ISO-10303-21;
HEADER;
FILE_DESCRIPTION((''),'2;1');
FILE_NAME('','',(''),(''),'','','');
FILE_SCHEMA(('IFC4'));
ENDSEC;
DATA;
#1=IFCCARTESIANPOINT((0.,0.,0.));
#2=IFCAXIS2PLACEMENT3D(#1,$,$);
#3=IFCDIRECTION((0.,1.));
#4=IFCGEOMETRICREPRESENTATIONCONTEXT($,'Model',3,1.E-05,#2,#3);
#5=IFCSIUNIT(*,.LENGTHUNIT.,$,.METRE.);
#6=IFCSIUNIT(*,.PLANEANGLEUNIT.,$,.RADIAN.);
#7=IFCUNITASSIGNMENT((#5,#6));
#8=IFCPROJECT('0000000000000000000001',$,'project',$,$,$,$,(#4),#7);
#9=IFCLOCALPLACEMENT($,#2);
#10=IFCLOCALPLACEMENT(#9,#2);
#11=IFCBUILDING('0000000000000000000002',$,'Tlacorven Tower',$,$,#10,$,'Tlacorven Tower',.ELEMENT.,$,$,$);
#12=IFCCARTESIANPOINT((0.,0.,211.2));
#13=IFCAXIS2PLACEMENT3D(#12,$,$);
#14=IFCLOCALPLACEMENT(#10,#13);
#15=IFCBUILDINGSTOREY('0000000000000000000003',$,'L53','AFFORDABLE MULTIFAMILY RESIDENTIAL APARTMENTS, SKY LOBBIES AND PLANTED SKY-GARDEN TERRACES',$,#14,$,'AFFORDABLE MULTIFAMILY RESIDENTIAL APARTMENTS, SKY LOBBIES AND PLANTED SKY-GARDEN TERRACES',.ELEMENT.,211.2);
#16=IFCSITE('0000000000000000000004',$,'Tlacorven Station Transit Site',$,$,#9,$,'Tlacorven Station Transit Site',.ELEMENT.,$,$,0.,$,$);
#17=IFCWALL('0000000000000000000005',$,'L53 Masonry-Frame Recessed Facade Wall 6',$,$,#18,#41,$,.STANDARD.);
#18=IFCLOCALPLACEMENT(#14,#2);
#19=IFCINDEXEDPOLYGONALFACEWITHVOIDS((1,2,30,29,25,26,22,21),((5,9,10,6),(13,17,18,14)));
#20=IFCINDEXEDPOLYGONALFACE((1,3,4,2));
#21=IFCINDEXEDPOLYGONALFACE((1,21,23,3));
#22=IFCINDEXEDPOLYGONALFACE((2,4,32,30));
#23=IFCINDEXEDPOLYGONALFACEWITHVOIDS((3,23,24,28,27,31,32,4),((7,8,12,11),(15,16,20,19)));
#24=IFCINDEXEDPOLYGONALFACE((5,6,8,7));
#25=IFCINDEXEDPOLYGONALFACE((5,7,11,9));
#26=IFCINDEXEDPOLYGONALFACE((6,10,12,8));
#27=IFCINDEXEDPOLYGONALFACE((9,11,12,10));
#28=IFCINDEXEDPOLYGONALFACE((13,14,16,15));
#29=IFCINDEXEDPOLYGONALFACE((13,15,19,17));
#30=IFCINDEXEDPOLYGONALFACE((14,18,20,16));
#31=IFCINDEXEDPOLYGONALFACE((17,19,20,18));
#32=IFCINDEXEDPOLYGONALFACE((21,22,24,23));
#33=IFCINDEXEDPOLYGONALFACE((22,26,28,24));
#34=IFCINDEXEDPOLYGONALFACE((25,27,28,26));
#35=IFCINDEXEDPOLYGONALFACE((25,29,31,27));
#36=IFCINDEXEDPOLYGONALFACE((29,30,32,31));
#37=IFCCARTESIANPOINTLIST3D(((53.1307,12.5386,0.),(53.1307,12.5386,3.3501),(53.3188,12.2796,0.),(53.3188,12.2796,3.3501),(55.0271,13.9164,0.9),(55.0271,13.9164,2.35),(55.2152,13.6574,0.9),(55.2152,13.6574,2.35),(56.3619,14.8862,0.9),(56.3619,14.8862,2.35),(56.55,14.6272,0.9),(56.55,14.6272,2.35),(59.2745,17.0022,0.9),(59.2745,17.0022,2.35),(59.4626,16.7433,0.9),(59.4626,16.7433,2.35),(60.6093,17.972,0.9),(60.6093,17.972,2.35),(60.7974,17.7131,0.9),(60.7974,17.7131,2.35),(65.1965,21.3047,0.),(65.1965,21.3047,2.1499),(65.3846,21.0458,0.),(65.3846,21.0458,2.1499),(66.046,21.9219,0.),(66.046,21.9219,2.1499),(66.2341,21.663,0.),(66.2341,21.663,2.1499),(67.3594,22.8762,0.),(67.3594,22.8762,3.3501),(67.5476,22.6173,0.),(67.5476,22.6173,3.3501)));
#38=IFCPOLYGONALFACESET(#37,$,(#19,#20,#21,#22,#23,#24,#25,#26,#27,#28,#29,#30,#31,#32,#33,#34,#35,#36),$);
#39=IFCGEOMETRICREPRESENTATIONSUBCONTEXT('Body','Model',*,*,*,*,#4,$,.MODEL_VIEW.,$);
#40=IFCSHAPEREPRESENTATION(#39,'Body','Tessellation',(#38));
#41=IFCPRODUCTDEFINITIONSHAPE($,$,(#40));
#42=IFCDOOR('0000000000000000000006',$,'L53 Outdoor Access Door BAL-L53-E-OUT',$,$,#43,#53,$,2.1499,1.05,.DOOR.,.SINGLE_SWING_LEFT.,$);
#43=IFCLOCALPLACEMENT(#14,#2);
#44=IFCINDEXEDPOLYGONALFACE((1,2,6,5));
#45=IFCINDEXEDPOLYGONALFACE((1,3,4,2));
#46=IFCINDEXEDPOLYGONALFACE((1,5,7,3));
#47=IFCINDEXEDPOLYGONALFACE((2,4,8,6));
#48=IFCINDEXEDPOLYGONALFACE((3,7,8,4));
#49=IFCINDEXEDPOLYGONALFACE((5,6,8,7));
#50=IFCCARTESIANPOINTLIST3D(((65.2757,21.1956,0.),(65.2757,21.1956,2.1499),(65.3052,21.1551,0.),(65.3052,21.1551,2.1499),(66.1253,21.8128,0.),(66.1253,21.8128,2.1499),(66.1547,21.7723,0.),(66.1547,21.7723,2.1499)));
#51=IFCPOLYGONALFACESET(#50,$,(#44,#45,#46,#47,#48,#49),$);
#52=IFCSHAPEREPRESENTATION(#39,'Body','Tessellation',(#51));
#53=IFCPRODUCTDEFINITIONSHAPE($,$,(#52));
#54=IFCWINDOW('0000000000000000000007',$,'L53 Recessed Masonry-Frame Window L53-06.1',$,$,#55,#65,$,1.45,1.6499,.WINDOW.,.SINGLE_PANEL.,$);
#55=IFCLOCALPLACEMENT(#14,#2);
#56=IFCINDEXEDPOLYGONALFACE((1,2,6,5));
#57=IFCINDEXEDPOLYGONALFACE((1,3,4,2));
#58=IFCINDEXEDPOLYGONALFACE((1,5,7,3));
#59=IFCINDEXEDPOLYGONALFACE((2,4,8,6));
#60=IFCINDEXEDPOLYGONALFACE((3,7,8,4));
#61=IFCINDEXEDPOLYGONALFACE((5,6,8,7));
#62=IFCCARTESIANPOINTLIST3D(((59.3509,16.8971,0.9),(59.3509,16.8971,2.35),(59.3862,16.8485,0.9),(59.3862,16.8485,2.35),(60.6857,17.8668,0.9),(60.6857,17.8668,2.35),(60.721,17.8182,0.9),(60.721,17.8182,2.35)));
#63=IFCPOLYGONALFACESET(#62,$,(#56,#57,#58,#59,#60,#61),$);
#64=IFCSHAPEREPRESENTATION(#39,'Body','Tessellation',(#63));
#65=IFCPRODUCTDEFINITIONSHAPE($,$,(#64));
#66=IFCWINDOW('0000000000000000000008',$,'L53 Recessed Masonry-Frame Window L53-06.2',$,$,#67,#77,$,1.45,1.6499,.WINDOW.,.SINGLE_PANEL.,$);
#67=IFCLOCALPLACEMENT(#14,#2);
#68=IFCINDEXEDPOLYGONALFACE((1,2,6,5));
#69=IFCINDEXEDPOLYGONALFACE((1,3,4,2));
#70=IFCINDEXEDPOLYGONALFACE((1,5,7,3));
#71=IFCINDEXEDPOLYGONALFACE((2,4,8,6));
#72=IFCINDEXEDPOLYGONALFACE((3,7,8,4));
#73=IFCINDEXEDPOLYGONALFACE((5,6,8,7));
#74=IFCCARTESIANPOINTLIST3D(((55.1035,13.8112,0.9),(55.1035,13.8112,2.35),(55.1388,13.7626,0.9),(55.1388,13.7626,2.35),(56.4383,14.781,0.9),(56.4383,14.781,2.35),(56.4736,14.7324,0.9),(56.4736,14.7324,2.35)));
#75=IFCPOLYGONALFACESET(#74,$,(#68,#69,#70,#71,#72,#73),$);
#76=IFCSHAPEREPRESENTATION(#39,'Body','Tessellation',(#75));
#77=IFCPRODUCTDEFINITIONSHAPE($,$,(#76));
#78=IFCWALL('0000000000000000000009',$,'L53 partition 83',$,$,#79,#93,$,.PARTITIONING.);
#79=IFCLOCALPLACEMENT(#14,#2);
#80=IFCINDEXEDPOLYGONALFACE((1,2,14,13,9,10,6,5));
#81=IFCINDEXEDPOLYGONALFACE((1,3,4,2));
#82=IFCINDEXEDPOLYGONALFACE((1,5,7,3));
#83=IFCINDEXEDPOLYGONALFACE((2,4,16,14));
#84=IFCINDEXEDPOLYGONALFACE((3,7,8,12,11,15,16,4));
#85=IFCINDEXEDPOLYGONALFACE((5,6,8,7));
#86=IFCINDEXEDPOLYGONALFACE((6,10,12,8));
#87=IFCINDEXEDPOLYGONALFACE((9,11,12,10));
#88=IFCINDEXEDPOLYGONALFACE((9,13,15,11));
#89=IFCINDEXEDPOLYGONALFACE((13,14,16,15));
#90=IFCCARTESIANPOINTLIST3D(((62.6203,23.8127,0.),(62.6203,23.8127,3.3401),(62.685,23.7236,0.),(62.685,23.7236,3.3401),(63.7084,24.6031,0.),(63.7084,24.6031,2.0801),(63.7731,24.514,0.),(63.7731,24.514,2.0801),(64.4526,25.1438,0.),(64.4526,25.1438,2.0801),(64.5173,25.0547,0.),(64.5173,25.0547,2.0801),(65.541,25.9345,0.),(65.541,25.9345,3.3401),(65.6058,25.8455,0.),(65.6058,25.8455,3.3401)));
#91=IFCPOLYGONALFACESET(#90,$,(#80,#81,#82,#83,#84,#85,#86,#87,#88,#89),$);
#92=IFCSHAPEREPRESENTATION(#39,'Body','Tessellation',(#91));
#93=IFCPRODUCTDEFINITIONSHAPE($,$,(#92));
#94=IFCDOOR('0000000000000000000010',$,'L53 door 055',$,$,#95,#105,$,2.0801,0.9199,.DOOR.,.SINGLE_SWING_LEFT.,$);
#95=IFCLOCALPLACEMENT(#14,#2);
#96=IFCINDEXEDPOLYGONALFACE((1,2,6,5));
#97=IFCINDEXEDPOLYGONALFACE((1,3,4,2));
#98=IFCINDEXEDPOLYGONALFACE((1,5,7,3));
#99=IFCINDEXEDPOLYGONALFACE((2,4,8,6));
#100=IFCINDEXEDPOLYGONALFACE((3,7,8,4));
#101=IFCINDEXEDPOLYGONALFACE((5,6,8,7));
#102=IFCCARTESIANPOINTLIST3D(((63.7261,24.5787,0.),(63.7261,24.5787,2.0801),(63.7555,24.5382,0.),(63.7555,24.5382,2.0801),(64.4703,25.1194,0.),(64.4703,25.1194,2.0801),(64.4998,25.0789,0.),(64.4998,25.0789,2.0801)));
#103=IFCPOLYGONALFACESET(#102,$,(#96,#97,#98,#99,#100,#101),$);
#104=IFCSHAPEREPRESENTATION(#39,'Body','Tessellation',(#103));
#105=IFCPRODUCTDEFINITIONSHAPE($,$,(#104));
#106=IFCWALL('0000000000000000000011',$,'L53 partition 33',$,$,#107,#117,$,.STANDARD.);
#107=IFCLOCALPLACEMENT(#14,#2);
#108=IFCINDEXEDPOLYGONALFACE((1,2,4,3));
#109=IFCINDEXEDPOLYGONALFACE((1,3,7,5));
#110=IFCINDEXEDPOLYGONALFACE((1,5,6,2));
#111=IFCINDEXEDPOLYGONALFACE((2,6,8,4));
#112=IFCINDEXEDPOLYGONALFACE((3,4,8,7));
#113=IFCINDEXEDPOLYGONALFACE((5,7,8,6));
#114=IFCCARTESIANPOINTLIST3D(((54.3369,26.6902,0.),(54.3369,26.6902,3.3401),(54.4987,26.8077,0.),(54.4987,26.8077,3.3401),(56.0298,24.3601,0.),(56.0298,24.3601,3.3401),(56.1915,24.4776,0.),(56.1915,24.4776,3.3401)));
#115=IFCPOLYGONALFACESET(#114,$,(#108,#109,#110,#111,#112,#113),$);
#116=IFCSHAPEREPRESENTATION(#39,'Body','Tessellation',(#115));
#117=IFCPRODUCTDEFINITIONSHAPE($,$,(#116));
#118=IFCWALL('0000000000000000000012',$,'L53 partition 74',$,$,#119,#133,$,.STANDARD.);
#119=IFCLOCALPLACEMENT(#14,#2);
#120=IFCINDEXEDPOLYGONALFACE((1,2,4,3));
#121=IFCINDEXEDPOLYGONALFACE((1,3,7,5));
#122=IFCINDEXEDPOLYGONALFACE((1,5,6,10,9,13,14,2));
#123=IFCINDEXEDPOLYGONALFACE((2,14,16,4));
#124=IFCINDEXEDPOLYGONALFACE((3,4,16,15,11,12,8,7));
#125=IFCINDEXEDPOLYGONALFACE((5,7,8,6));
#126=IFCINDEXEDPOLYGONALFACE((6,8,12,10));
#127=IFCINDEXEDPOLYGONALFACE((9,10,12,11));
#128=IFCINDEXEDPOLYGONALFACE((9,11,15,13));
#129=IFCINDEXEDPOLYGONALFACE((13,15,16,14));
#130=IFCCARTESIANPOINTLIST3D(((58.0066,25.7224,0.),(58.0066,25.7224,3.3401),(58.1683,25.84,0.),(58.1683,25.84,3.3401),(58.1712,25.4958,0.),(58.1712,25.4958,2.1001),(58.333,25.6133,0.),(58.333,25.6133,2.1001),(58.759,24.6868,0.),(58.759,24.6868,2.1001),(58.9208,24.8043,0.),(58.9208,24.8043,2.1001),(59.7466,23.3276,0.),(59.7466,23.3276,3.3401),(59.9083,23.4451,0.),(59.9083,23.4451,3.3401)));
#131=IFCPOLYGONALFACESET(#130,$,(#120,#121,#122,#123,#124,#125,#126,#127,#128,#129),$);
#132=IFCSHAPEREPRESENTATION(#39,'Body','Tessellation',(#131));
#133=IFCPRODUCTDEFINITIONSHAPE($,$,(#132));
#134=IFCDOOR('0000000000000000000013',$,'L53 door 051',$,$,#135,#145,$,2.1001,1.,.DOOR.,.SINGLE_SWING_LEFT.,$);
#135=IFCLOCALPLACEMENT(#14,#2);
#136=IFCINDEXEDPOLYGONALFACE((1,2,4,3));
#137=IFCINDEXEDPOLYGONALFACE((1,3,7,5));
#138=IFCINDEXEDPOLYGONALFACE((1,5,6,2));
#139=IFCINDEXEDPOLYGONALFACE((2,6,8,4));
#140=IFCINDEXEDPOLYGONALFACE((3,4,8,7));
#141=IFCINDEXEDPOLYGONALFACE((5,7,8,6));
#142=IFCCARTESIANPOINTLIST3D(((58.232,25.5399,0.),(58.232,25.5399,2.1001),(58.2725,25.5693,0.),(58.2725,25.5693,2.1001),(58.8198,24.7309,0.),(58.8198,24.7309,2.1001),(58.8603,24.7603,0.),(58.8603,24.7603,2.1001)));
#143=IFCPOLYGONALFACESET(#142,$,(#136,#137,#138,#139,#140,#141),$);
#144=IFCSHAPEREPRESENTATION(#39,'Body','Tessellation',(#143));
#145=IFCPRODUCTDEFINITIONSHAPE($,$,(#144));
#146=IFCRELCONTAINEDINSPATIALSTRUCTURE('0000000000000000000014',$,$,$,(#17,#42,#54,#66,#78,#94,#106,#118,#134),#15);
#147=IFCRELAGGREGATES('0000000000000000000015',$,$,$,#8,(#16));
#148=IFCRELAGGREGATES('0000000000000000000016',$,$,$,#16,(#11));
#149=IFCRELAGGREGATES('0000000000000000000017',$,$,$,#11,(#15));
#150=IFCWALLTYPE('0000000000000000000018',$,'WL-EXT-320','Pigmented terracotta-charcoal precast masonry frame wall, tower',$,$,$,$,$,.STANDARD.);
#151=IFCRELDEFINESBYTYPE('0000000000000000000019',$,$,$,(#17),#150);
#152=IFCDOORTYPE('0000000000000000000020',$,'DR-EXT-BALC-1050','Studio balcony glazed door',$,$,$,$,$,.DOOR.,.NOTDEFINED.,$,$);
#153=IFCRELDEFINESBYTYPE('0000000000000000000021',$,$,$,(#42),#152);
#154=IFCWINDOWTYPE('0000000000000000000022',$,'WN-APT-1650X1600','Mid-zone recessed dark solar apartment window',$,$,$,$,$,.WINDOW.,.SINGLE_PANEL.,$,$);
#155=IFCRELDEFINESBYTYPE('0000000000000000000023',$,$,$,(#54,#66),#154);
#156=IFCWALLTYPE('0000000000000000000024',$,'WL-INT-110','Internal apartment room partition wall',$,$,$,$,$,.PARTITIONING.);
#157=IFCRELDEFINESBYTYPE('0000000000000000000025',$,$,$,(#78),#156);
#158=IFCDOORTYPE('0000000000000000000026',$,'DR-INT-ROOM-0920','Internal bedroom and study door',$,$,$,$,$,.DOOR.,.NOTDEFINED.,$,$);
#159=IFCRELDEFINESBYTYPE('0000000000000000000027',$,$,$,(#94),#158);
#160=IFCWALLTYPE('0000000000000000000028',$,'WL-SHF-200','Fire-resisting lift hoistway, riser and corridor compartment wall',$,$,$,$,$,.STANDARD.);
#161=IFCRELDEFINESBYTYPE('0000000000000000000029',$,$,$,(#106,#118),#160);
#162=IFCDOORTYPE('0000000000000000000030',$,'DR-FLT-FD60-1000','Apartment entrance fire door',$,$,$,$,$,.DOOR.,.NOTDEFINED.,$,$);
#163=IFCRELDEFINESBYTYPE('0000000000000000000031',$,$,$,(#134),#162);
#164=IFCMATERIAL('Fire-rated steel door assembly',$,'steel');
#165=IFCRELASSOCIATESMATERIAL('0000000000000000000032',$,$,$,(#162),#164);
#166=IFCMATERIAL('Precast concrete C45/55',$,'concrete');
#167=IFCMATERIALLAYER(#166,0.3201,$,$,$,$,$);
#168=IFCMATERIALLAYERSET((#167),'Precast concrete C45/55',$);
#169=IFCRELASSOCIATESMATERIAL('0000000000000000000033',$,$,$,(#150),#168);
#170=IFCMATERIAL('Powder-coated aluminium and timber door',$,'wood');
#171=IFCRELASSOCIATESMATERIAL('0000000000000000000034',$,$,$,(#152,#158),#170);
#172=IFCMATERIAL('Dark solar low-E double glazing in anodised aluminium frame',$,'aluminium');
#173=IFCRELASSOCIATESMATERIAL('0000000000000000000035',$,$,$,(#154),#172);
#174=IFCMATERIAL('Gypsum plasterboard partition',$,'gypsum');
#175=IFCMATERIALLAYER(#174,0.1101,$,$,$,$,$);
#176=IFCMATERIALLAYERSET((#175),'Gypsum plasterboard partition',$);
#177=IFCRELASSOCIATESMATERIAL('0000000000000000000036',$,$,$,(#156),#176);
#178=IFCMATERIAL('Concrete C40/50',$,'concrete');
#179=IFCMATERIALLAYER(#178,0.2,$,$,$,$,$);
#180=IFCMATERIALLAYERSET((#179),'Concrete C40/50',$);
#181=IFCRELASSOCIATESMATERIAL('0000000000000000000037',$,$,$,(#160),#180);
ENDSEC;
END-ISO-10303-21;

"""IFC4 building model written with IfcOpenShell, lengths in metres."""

from ifc_helpers import new_model, si_unit, direction, frame, frame_2d, origin, place, context, subcontext, project, spatial, rectangle, extrude, source, transform, mapped, material, layer, layer_set, type_object, element, fill, save


model = new_model("IFC4")

# Units and contexts
model_context = context("Model", 3, precision=1e-05, world=origin(), true_north=direction((0.0, 1.0)))
body_context = subcontext(model_context, "Body", "Model", "MODEL_VIEW")
ifc_project = project(units=[si_unit("LENGTHUNIT", "METRE"), si_unit("PLANEANGLEUNIT", "RADIAN")], contexts=[model_context])

# Site, building, storey
site_placement = place(None, origin())
site = spatial("IfcSite", under=ifc_project, at=site_placement, Name="Tlacorven Station Transit Site", LongName="Tlacorven Station Transit Site", CompositionType="ELEMENT", RefElevation=0.0)
building_placement = place(site_placement, origin())
building = spatial("IfcBuilding", under=site, at=building_placement, Name="Tlacorven Tower", LongName="Tlacorven Tower", CompositionType="ELEMENT")
storey_placement = place(building_placement, frame((0.0, 0.0, 211.2)))
storey = spatial("IfcBuildingStorey", under=building, at=storey_placement, Name="L53", Description="AFFORDABLE MULTIFAMILY RESIDENTIAL APARTMENTS, SKY LOBBIES AND PLANTED SKY-GARDEN TERRACES", LongName="AFFORDABLE MULTIFAMILY RESIDENTIAL APARTMENTS, SKY LOBBIES AND PLANTED SKY-GARDEN TERRACES", CompositionType="ELEMENT", Elevation=211.2)

# Shared definitions
ifc_material_1 = material(Name="Fire-rated steel door assembly", Category="steel")
door_type_1 = type_object("IfcDoorType", Name="DR-FLT-FD60-1000", Description="Apartment entrance fire door", OperationType="NOTDEFINED", PredefinedType="DOOR", material=ifc_material_1)
shared_shape_1 = source(origin(), body_context, "Body", "SweptSolid", [
    extrude(rectangle(XDim=1.0, YDim=2.1001, at=frame_2d((0.5, 1.05))), frame((0.0, 0.0249, 0.0), z_axis=(0.0, -1.0, 0.0), x_axis=(1.0, 0.0, 0.0)), (0.0, 0.0, 1.0), 0.05),
])

# Wall, openings, door, windows
ifc_material_2 = material(Name="Precast concrete C45/55", Category="concrete")
ifc_layer_1 = layer(ifc_material_2, 0.3201)
ifc_layer_set_1 = layer_set([ifc_layer_1], Name="Precast concrete C45/55")
wall_type_1 = type_object("IfcWallType", Name="WL-EXT-320", Description="Pigmented terracotta-charcoal precast masonry frame wall, tower", PredefinedType="STANDARD", material=ifc_layer_set_1)
wall_1_placement = place(storey_placement, frame((67.4536, 22.7468, 0.0), z_axis=(0.0, 0.0, 1.0), x_axis=(-0.809021, -0.58778, 0.0)))
wall_1 = element("IfcWall", 1, at=wall_1_placement, inside=storey, type_object=wall_type_1, Name="L53 Masonry-Frame Recessed Facade Wall 6", PredefinedType="STANDARD", context=body_context, shape_type="SweptSolid", body=[
    extrude(rectangle(XDim=17.5876, YDim=0.3201, at=frame_2d((8.7939, 0.0))), origin(), (0.0, 0.0, 1.0), 3.3501),
])
opening_1_placement = place(wall_1_placement, frame((1.6238, 0.0, 0.0)))
opening_1 = element("IfcOpeningElement", 2, at=opening_1_placement, cuts=wall_1, PredefinedType="OPENING", context=body_context, shape_type="SweptSolid", body=[
    extrude(rectangle(XDim=1.05, YDim=2.1499, at=frame_2d((0.5249, 1.075))), frame((0.0, 0.1699, 0.0), z_axis=(0.0, -1.0, 0.0), x_axis=(1.0, 0.0, 0.0)), (0.0, 0.0, 1.0), 0.3401),
])
opening_2_placement = place(wall_1_placement, frame((8.3438, 0.0, 0.8999)))
opening_2 = element("IfcOpeningElement", 3, at=opening_2_placement, cuts=wall_1, PredefinedType="OPENING", context=body_context, shape_type="SweptSolid", body=[
    extrude(rectangle(XDim=1.6499, YDim=1.45, at=frame_2d((0.825, 0.7251))), frame((0.0, 0.1699, 0.0), z_axis=(0.0, -1.0, 0.0), x_axis=(1.0, 0.0, 0.0)), (0.0, 0.0, 1.0), 0.3401),
])
opening_3_placement = place(wall_1_placement, frame((13.5938, 0.0, 0.8999)))
opening_3 = element("IfcOpeningElement", 4, at=opening_3_placement, cuts=wall_1, PredefinedType="OPENING", context=body_context, shape_type="SweptSolid", body=[
    extrude(rectangle(XDim=1.6499, YDim=1.45, at=frame_2d((0.825, 0.7251))), frame((0.0, 0.1699, 0.0), z_axis=(0.0, -1.0, 0.0), x_axis=(1.0, 0.0, 0.0)), (0.0, 0.0, 1.0), 0.3401),
])
ifc_material_3 = material(Name="Powder-coated aluminium and timber door", Category="wood")
door_type_2 = type_object("IfcDoorType", Name="DR-EXT-BALC-1050", Description="Studio balcony glazed door", OperationType="NOTDEFINED", PredefinedType="DOOR", material=ifc_material_3)
shared_shape_2 = source(origin(), body_context, "Body", "SweptSolid", [
    extrude(rectangle(XDim=1.05, YDim=2.1499, at=frame_2d((0.5249, 1.075))), frame((0.0, 0.0249, 0.0), z_axis=(0.0, -1.0, 0.0), x_axis=(1.0, 0.0, 0.0)), (0.0, 0.0, 1.0), 0.05),
])
door_1_placement = place(opening_1_placement, origin())
door_1 = element("IfcDoor", 5, at=door_1_placement, inside=storey, type_object=door_type_2, Name="L53 Outdoor Access Door BAL-L53-E-OUT", OperationType="SINGLE_SWING_LEFT", OverallHeight=2.1499, OverallWidth=1.05, PredefinedType="DOOR", context=body_context, shape_type="MappedRepresentation", body=[
    mapped(shared_shape_2, transform((0.0, 0.0, 0.0), scale=1.0)),
])
fill(opening_1, door_1)
ifc_material_4 = material(Name="Dark solar low-E double glazing in anodised aluminium frame", Category="aluminium")
window_type = type_object("IfcWindowType", Name="WN-APT-1650X1600", Description="Mid-zone recessed dark solar apartment window", PartitioningType="SINGLE_PANEL", PredefinedType="WINDOW", material=ifc_material_4)
shared_shape_3 = source(origin(), body_context, "Body", "SweptSolid", [
    extrude(rectangle(XDim=1.6499, YDim=1.45, at=frame_2d((0.825, 0.7251))), frame((0.0, 0.03, 0.0), z_axis=(0.0, -1.0, 0.0), x_axis=(1.0, 0.0, 0.0)), (0.0, 0.0, 1.0), 0.0601),
])
window_1_placement = place(opening_2_placement, origin())
window_1 = element("IfcWindow", 6, at=window_1_placement, inside=storey, type_object=window_type, Name="L53 Recessed Masonry-Frame Window L53-06.1", OverallHeight=1.45, OverallWidth=1.6499, PartitioningType="SINGLE_PANEL", PredefinedType="WINDOW", context=body_context, shape_type="MappedRepresentation", body=[
    mapped(shared_shape_3, transform((0.0, 0.0, 0.0), scale=1.0)),
])
fill(opening_2, window_1)
window_2_placement = place(opening_3_placement, origin())
window_2 = element("IfcWindow", 7, at=window_2_placement, inside=storey, type_object=window_type, Name="L53 Recessed Masonry-Frame Window L53-06.2", OverallHeight=1.45, OverallWidth=1.6499, PartitioningType="SINGLE_PANEL", PredefinedType="WINDOW", context=body_context, shape_type="MappedRepresentation", body=[
    mapped(shared_shape_3, transform((0.0, 0.0, 0.0), scale=1.0)),
])
fill(opening_3, window_2)

# Wall, opening, door
ifc_material_5 = material(Name="Gypsum plasterboard partition", Category="gypsum")
ifc_layer_2 = layer(ifc_material_5, 0.1101)
ifc_layer_set_2 = layer_set([ifc_layer_2], Name="Gypsum plasterboard partition")
wall_type_2 = type_object("IfcWallType", Name="WL-INT-110", Description="Internal apartment room partition wall", PredefinedType="PARTITIONING", material=ifc_layer_set_2)
wall_2_placement = place(storey_placement, frame((62.6526, 23.7681, 0.0), z_axis=(0.0, 0.0, 1.0), x_axis=(0.809037, 0.587757, 0.0)))
wall_2 = element("IfcWall", 8, at=wall_2_placement, inside=storey, type_object=wall_type_2, Name="L53 partition 83", PredefinedType="PARTITIONING", context=body_context, shape_type="SweptSolid", body=[
    extrude(rectangle(XDim=3.6101, YDim=0.1101, at=frame_2d((1.8052, 0.0))), origin(), (0.0, 0.0, 1.0), 3.3401),
])
opening_4_placement = place(wall_2_placement, frame((1.345, 0.0, 0.0)))
opening_4 = element("IfcOpeningElement", 9, at=opening_4_placement, cuts=wall_2, PredefinedType="OPENING", context=body_context, shape_type="SweptSolid", body=[
    extrude(rectangle(XDim=0.9199, YDim=2.0801, at=frame_2d((0.46, 1.04))), frame((0.0, 0.0649, 0.0), z_axis=(0.0, -1.0, 0.0), x_axis=(1.0, 0.0, 0.0)), (0.0, 0.0, 1.0), 0.1301),
])
door_type_3 = type_object("IfcDoorType", Name="DR-INT-ROOM-0920", Description="Internal bedroom and study door", OperationType="NOTDEFINED", PredefinedType="DOOR", material=ifc_material_3)
shared_shape_4 = source(origin(), body_context, "Body", "SweptSolid", [
    extrude(rectangle(XDim=0.9199, YDim=2.0801, at=frame_2d((0.46, 1.04))), frame((0.0, 0.0249, 0.0), z_axis=(0.0, -1.0, 0.0), x_axis=(1.0, 0.0, 0.0)), (0.0, 0.0, 1.0), 0.05),
])
door_2_placement = place(opening_4_placement, origin())
door_2 = element("IfcDoor", 10, at=door_2_placement, inside=storey, type_object=door_type_3, Name="L53 door 055", OperationType="SINGLE_SWING_LEFT", OverallHeight=2.0801, OverallWidth=0.9199, PredefinedType="DOOR", context=body_context, shape_type="MappedRepresentation", body=[
    mapped(shared_shape_4, transform((0.0, 0.0, 0.0), scale=1.0)),
])
fill(opening_4, door_2)

# Wall
ifc_material_6 = material(Name="Concrete C40/50", Category="concrete")
ifc_layer_3 = layer(ifc_material_6, 0.2)
ifc_layer_set_3 = layer_set([ifc_layer_3], Name="Concrete C40/50")
wall_type_3 = type_object("IfcWallType", Name="WL-SHF-200", Description="Fire-resisting lift hoistway, riser and corridor compartment wall", PredefinedType="STANDARD", material=ifc_layer_set_3)
wall_3_placement = place(storey_placement, frame((56.1106, 24.4189, 0.0), z_axis=(0.0, 0.0, 1.0), x_axis=(-0.587778, 0.809022, 0.0)))
element("IfcWall", 11, at=wall_3_placement, inside=storey, type_object=wall_type_3, Name="L53 partition 33", PredefinedType="STANDARD", context=body_context, shape_type="SweptSolid", body=[
    extrude(rectangle(XDim=2.8801, YDim=0.2, at=frame_2d((1.4399, 0.0))), origin(), (0.0, 0.0, 1.0), 3.3401),
])

# Wall, opening, door
wall_4_placement = place(storey_placement, frame((59.8274, 23.3865, 0.0), z_axis=(0.0, 0.0, 1.0), x_axis=(-0.587804, 0.809003, 0.0)))
wall_4 = element("IfcWall", 12, at=wall_4_placement, inside=storey, type_object=wall_type_3, Name="L53 partition 74", PredefinedType="STANDARD", context=body_context, shape_type="SweptSolid", body=[
    extrude(rectangle(XDim=2.9602, YDim=0.2, at=frame_2d((1.48, 0.0))), origin(), (0.0, 0.0, 1.0), 3.3401),
])
opening_5_placement = place(wall_4_placement, frame((1.6799, 0.0, 0.0)))
opening_5 = element("IfcOpeningElement", 13, at=opening_5_placement, cuts=wall_4, PredefinedType="OPENING", context=body_context, shape_type="SweptSolid", body=[
    extrude(rectangle(XDim=1.0, YDim=2.1001, at=frame_2d((0.5, 1.05))), frame((0.0, 0.1099, 0.0), z_axis=(0.0, -1.0, 0.0), x_axis=(1.0, 0.0, 0.0)), (0.0, 0.0, 1.0), 0.22),
])
door_3_placement = place(opening_5_placement, origin())
door_3 = element("IfcDoor", 14, at=door_3_placement, inside=storey, type_object=door_type_1, Name="L53 door 051", OperationType="SINGLE_SWING_LEFT", OverallHeight=2.1001, OverallWidth=1.0, PredefinedType="DOOR", context=body_context, shape_type="MappedRepresentation", body=[
    mapped(shared_shape_1, transform((0.0, 0.0, 0.0), scale=1.0)),
])
fill(opening_5, door_3)

save(model, "model.ifc")
